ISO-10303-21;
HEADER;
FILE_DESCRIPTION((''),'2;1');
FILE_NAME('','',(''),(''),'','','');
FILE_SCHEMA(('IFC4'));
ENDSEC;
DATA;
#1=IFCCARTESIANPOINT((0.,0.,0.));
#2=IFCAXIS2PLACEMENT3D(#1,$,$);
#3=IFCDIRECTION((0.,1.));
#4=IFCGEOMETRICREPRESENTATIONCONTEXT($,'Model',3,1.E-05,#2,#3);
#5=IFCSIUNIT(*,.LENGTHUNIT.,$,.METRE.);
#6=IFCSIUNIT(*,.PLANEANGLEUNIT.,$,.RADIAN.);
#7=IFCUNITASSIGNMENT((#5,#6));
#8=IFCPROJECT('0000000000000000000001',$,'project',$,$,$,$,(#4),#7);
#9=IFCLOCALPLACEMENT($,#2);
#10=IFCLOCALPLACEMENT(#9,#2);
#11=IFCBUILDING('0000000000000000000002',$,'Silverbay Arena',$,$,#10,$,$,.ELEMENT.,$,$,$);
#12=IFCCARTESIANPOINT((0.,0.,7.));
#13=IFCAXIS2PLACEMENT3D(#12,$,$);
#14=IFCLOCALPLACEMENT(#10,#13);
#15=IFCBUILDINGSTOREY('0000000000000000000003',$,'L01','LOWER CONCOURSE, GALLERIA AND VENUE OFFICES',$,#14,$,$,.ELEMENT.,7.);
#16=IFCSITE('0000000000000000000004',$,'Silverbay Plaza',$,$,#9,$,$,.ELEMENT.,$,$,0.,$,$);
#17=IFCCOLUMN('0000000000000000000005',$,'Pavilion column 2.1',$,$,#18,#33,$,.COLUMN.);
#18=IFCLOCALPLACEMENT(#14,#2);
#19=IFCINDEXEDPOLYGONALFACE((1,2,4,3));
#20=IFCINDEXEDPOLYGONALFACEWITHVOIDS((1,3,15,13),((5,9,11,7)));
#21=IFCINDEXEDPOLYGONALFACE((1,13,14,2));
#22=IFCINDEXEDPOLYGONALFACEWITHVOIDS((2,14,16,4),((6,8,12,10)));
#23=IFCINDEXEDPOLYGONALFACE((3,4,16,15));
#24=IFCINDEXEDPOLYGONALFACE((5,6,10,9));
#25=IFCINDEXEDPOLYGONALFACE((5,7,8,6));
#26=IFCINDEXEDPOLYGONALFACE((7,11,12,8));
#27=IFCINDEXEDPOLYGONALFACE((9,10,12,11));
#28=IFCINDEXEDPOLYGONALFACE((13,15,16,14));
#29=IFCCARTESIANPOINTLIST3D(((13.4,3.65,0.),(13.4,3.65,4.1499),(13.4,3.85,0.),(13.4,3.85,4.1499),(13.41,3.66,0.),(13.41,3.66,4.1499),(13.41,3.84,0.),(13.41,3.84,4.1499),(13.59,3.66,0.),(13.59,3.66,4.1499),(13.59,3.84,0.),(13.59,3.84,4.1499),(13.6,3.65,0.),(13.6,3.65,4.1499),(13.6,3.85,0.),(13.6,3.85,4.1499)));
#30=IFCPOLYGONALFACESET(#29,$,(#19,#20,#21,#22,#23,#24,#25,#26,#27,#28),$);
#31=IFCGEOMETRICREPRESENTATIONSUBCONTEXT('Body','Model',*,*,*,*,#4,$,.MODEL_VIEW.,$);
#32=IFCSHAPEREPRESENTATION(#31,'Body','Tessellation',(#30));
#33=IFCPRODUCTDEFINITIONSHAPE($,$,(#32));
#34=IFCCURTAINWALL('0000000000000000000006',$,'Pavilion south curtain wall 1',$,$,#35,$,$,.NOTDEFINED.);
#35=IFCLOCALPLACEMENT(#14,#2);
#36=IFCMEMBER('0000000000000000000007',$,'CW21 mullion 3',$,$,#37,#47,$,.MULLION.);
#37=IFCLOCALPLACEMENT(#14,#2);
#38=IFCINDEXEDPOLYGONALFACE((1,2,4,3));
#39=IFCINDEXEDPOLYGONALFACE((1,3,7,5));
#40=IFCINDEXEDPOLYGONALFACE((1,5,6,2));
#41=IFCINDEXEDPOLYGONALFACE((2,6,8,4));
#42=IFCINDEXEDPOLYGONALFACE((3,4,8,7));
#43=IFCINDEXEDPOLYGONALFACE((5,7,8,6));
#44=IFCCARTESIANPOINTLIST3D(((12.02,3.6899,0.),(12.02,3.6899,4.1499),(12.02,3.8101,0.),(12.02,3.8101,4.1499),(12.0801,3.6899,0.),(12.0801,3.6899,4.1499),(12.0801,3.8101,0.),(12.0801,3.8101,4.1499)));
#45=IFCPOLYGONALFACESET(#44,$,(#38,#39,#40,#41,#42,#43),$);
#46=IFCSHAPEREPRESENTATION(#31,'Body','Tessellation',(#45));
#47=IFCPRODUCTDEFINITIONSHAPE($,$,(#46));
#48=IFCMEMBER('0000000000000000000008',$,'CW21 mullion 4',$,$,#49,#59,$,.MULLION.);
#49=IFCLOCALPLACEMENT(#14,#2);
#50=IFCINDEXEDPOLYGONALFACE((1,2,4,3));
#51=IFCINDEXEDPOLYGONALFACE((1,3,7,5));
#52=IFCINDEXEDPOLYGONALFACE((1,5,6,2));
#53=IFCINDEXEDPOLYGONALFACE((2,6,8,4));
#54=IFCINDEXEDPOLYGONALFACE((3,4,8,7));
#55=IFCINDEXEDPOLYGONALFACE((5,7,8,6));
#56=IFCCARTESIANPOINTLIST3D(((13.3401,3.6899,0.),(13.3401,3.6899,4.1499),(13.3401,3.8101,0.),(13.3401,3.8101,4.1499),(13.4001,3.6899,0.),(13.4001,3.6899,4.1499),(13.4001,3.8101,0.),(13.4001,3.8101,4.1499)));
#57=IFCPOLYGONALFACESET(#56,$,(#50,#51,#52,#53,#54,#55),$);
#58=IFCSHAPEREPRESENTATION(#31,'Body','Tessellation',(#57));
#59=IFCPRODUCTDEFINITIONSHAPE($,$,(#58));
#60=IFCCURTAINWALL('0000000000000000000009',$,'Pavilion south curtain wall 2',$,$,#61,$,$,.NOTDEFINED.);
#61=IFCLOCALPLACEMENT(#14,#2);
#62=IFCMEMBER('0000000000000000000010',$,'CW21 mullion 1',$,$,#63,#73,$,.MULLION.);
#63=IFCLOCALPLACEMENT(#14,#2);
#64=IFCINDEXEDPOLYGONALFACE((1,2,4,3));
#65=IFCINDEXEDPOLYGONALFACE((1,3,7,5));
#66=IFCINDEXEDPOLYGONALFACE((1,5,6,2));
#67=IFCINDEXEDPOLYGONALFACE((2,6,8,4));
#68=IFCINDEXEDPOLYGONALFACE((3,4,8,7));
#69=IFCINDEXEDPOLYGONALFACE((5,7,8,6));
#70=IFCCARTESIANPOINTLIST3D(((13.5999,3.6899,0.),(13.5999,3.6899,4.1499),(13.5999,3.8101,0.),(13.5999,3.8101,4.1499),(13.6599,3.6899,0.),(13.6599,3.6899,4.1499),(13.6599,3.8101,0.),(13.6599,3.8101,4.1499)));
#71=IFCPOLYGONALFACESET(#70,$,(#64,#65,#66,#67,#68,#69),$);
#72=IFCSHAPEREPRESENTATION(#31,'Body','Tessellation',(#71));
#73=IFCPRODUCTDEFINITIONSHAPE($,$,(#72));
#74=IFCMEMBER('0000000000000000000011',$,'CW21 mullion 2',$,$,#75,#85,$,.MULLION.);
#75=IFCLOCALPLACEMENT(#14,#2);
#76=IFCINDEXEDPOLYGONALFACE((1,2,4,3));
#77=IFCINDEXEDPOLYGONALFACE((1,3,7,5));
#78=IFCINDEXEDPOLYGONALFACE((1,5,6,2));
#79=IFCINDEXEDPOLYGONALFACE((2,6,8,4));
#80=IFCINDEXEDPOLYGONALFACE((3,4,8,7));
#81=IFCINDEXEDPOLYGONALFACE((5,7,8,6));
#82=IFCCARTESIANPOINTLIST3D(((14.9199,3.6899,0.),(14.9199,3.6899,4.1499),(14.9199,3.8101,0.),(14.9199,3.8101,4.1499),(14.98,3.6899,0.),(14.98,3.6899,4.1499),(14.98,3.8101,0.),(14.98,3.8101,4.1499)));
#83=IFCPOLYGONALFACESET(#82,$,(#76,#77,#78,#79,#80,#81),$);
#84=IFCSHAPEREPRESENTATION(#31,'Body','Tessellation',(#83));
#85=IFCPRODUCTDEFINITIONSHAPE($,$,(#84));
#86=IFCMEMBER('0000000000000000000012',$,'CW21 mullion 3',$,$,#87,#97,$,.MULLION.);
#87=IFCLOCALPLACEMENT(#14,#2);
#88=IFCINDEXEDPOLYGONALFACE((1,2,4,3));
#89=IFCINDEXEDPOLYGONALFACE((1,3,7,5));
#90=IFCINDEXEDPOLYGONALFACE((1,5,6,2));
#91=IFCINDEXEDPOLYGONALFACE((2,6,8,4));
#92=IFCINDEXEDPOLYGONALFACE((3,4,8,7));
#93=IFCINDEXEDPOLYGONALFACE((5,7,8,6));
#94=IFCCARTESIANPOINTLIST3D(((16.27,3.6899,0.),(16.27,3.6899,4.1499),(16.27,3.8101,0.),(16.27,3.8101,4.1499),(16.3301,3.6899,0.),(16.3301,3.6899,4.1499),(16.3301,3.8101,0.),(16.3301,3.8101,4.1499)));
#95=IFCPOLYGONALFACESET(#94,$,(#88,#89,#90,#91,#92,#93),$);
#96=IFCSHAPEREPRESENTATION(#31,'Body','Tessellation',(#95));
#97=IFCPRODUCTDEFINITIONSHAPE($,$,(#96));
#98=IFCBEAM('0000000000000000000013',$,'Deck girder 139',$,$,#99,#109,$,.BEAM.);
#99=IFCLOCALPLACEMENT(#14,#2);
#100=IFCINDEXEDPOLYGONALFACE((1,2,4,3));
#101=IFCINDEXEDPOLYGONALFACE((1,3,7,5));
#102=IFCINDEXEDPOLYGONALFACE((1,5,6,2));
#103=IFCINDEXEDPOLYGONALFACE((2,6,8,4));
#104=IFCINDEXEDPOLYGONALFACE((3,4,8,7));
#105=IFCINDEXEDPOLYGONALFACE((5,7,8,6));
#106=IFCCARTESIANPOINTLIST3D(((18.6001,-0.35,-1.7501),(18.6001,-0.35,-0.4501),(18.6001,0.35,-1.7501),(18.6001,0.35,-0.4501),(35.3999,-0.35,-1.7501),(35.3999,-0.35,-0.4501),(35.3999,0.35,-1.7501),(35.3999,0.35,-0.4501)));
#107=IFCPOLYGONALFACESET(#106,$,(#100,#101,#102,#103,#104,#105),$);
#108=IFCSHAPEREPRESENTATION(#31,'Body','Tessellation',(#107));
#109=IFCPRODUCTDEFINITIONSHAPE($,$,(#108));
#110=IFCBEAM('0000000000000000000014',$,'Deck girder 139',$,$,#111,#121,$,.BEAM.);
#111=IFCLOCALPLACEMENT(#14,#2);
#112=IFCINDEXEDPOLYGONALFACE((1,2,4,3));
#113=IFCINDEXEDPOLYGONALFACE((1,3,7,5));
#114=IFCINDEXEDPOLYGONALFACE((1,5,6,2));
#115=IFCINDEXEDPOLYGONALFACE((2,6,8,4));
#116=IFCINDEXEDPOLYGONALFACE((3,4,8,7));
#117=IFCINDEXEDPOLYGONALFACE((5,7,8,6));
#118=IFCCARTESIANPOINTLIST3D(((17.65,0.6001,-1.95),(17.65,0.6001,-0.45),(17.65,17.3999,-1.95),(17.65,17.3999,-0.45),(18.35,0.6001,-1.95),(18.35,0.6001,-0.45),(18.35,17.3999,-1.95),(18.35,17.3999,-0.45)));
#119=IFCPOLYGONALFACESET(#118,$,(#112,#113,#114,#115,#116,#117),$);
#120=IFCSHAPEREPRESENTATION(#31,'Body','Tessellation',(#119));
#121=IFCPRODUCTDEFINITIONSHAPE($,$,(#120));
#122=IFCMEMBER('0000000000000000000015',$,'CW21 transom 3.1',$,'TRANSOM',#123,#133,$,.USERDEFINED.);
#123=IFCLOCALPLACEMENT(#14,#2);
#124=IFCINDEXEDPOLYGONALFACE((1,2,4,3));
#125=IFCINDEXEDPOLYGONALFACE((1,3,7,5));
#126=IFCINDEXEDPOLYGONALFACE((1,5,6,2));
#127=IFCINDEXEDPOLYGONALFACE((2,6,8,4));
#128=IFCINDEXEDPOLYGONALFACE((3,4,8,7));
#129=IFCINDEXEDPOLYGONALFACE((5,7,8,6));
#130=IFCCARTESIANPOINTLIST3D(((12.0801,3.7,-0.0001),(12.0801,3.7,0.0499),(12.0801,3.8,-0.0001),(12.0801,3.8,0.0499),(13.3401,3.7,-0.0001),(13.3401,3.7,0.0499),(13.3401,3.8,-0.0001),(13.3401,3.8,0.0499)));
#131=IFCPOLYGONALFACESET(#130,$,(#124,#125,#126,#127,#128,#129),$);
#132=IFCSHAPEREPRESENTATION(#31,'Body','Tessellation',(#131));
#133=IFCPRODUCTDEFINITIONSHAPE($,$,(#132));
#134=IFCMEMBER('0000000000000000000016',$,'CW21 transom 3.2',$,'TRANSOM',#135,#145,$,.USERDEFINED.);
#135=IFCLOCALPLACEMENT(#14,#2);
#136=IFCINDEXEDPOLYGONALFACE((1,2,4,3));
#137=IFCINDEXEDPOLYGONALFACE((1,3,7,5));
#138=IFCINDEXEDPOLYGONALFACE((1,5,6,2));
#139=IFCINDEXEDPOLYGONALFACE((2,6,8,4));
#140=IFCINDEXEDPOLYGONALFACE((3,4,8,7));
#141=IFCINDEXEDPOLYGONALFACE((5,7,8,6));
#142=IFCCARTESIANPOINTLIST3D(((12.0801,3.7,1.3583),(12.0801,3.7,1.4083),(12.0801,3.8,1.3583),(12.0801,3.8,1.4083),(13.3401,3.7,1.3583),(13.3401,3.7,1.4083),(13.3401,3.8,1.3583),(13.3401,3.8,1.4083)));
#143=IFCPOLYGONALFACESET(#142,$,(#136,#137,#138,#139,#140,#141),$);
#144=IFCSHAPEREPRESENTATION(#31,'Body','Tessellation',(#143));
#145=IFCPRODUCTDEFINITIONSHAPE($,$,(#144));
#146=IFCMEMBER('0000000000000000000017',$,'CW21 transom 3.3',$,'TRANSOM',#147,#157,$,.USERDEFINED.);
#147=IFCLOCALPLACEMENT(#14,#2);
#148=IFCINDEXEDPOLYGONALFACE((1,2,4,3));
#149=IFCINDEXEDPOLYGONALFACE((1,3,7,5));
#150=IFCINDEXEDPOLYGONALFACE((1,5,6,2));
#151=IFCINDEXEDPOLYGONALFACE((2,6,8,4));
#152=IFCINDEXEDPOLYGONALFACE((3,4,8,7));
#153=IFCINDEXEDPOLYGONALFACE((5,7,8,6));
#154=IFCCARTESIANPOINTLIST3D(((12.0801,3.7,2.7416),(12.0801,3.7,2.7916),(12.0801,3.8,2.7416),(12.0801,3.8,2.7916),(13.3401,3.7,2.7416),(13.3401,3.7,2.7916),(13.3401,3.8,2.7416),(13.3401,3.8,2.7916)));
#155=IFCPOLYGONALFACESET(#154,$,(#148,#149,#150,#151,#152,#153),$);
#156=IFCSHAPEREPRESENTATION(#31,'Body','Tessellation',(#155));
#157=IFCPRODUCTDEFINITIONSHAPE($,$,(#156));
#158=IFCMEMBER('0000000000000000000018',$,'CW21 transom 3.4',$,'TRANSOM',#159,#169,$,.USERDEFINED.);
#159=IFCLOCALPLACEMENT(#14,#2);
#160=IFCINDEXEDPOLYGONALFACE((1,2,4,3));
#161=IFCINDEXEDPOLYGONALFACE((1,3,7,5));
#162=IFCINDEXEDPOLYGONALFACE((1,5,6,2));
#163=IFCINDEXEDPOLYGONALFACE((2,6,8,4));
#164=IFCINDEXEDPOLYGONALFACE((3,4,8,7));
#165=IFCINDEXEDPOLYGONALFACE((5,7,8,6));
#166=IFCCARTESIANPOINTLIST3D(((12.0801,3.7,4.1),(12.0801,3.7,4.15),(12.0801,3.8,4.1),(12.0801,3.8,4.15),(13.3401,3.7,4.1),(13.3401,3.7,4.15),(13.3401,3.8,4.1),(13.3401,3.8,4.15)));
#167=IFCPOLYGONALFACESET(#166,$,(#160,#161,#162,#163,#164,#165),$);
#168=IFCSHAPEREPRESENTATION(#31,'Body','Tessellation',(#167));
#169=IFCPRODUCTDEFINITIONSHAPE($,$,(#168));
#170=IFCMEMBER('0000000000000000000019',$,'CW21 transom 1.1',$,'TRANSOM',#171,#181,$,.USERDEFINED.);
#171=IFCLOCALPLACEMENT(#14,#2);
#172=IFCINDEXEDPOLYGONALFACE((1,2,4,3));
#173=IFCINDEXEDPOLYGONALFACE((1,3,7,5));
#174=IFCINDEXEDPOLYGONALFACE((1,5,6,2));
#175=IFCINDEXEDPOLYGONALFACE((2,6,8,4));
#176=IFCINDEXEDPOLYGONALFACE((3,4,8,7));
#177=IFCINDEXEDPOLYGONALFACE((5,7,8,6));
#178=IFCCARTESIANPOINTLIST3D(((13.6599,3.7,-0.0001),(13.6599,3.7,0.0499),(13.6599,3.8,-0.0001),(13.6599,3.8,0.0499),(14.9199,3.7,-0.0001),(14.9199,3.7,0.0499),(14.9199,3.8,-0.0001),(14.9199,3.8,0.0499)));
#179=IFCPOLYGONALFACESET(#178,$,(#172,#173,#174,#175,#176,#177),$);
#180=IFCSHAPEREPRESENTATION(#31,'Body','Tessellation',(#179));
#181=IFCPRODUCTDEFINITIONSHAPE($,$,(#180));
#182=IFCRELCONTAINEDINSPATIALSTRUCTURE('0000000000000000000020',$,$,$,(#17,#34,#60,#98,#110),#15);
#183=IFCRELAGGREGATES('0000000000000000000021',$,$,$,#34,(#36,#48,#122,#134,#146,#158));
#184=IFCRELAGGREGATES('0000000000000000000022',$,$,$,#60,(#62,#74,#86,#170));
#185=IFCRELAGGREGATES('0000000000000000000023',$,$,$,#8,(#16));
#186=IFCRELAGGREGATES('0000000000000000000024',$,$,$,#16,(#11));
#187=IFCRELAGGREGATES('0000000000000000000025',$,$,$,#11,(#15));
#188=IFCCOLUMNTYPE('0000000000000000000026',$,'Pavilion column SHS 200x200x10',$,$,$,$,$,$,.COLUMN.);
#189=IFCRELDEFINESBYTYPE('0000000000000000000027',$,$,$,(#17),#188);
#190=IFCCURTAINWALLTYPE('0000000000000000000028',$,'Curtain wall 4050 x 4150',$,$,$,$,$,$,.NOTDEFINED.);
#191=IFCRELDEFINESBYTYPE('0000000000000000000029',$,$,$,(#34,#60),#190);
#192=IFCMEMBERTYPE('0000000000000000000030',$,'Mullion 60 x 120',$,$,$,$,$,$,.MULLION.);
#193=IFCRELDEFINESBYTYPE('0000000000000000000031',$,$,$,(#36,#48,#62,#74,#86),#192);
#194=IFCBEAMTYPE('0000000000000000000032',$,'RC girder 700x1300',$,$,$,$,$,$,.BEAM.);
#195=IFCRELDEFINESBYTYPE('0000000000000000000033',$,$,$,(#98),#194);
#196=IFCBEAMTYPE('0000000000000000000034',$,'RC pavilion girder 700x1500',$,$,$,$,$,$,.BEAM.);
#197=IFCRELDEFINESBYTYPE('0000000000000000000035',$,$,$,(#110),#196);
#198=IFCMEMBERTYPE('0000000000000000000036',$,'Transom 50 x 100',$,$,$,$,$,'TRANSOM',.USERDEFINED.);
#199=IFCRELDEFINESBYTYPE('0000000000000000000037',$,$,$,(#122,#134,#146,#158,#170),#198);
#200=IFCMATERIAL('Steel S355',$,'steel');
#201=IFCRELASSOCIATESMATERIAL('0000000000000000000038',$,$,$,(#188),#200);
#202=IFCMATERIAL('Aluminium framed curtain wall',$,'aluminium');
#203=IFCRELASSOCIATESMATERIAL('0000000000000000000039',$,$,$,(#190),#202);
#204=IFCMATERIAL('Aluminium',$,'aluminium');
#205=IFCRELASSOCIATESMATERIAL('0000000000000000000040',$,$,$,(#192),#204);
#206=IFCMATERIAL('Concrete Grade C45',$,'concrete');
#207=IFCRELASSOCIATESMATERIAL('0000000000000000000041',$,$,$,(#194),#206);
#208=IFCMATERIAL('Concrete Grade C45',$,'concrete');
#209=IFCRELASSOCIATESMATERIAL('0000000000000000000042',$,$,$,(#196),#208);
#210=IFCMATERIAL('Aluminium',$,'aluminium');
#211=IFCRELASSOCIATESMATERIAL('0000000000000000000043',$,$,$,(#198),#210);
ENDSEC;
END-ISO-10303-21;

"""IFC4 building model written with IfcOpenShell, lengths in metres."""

from ifc_helpers import new_model, si_unit, direction, frame, origin, origin_2d, place, context, subcontext, project, spatial, rectangle, hollow_rectangle, extrude, material, material_profile, profile_set, type_object, element, aggregate, save


model = new_model("IFC4")

# Units and contexts
model_context = context("Model", 3, precision=1e-05, world=origin(), true_north=direction((0.0, 1.0)))
body_context = subcontext(model_context, "Body", "Model", "MODEL_VIEW")
ifc_project = project(units=[si_unit("LENGTHUNIT", "METRE"), si_unit("PLANEANGLEUNIT", "RADIAN")], contexts=[model_context])

# Site, building, storey
site_placement = place(None, origin())
site = spatial("IfcSite", under=ifc_project, at=site_placement, Name="Silverbay Plaza", CompositionType="ELEMENT", RefElevation=0.0)
building_placement = place(site_placement, origin())
building = spatial("IfcBuilding", under=site, at=building_placement, Name="Silverbay Arena", CompositionType="ELEMENT")
storey_placement = place(building_placement, frame((0.0, 0.0, 7.0)))
storey = spatial("IfcBuildingStorey", under=building, at=storey_placement, Name="L01", Description="LOWER CONCOURSE, GALLERIA AND VENUE OFFICES", CompositionType="ELEMENT", Elevation=7.0)

# Column
ifc_material_1 = material(Name="Steel S355", Category="steel")
ifc_material_profile_1 = material_profile(ifc_material_1, hollow_rectangle(XDim=0.2, YDim=0.2, WallThickness=0.01, at=origin_2d()), Name="SHS 200x200x10")
ifc_profile_set_1 = profile_set([ifc_material_profile_1], Name="Steel S355")
column_type = type_object("IfcColumnType", Name="Pavilion column SHS 200x200x10", PredefinedType="COLUMN", material=ifc_profile_set_1)
column_placement = place(storey_placement, frame((13.5, 3.75, 0.0), z_axis=(0.0, 0.0, 1.0), x_axis=(1.0, 0.0, 0.0)))
element("IfcColumn", 1, at=column_placement, inside=storey, type_object=column_type, Name="Pavilion column 2.1", PredefinedType="COLUMN", context=body_context, shape_type="SweptSolid", body=[
    extrude(hollow_rectangle(XDim=0.2, YDim=0.2, WallThickness=0.01, at=origin_2d()), origin(), (0.0, 0.0, 1.0), 4.1499),
])

# Curtain walls, members
ifc_material_2 = material(Name="Aluminium framed curtain wall", Category="aluminium")
curtain_wall_type = type_object("IfcCurtainWallType", Name="Curtain wall 4050 x 4150", PredefinedType="NOTDEFINED", material=ifc_material_2)
curtain_wall_1_placement = place(storey_placement, origin())
curtain_wall_1 = element("IfcCurtainWall", 2, at=curtain_wall_1_placement, inside=storey, type_object=curtain_wall_type, Name="Pavilion south curtain wall 1", PredefinedType="NOTDEFINED")
ifc_material_3 = material(Name="Aluminium", Category="aluminium")
ifc_material_profile_2 = material_profile(ifc_material_3, rectangle(XDim=0.1201, YDim=0.0601, at=origin_2d()), Name="Mullion 60 x 120")
ifc_profile_set_2 = profile_set([ifc_material_profile_2], Name="Aluminium")
member_type_1 = type_object("IfcMemberType", Name="Mullion 60 x 120", PredefinedType="MULLION", material=ifc_profile_set_2)
member_1_placement = place(storey_placement, frame((12.05, 3.75, 0.0), z_axis=(0.0, 0.0, 1.0), x_axis=(0.0, 1.0, 0.0)))
member_1 = element("IfcMember", 3, at=member_1_placement, type_object=member_type_1, Name="CW21 mullion 3", PredefinedType="MULLION", context=body_context, shape_type="SweptSolid", body=[
    extrude(rectangle(XDim=0.1201, YDim=0.0601, at=origin_2d()), origin(), (0.0, 0.0, 1.0), 4.1499),
])
member_2_placement = place(storey_placement, frame((13.3701, 3.75, 0.0), z_axis=(0.0, 0.0, 1.0), x_axis=(0.0, 1.0, 0.0)))
member_2 = element("IfcMember", 4, at=member_2_placement, type_object=member_type_1, Name="CW21 mullion 4", PredefinedType="MULLION", context=body_context, shape_type="SweptSolid", body=[
    extrude(rectangle(XDim=0.1201, YDim=0.0601, at=origin_2d()), origin(), (0.0, 0.0, 1.0), 4.1499),
])
curtain_wall_2_placement = place(storey_placement, origin())
curtain_wall_2 = element("IfcCurtainWall", 5, at=curtain_wall_2_placement, inside=storey, type_object=curtain_wall_type, Name="Pavilion south curtain wall 2", PredefinedType="NOTDEFINED")
member_3_placement = place(storey_placement, frame((13.6299, 3.75, 0.0), z_axis=(0.0, 0.0, 1.0), x_axis=(0.0, 1.0, 0.0)))
member_3 = element("IfcMember", 6, at=member_3_placement, type_object=member_type_1, Name="CW21 mullion 1", PredefinedType="MULLION", context=body_context, shape_type="SweptSolid", body=[
    extrude(rectangle(XDim=0.1201, YDim=0.0601, at=origin_2d()), origin(), (0.0, 0.0, 1.0), 4.1499),
])
member_4_placement = place(storey_placement, frame((14.95, 3.75, 0.0), z_axis=(0.0, 0.0, 1.0), x_axis=(0.0, 1.0, 0.0)))
member_4 = element("IfcMember", 7, at=member_4_placement, type_object=member_type_1, Name="CW21 mullion 2", PredefinedType="MULLION", context=body_context, shape_type="SweptSolid", body=[
    extrude(rectangle(XDim=0.1201, YDim=0.0601, at=origin_2d()), origin(), (0.0, 0.0, 1.0), 4.1499),
])
member_5_placement = place(storey_placement, frame((16.3, 3.75, 0.0), z_axis=(0.0, 0.0, 1.0), x_axis=(0.0, 1.0, 0.0)))
member_5 = element("IfcMember", 8, at=member_5_placement, type_object=member_type_1, Name="CW21 mullion 3", PredefinedType="MULLION", context=body_context, shape_type="SweptSolid", body=[
    extrude(rectangle(XDim=0.1201, YDim=0.0601, at=origin_2d()), origin(), (0.0, 0.0, 1.0), 4.1499),
])

# Beams
ifc_material_4 = material(Name="Concrete Grade C45", Category="concrete")
ifc_material_profile_3 = material_profile(ifc_material_4, rectangle(XDim=0.7, YDim=1.3, at=origin_2d()), Name="RC 700x1300")
ifc_profile_set_3 = profile_set([ifc_material_profile_3], Name="Concrete Grade C45")
beam_type_1 = type_object("IfcBeamType", Name="RC girder 700x1300", PredefinedType="BEAM", material=ifc_profile_set_3)
beam_1_placement = place(storey_placement, frame((18.6001, 0.0, -1.1001), z_axis=(1.0, 0.0, 0.0), x_axis=(0.0, 1.0, 0.0)))
element("IfcBeam", 9, at=beam_1_placement, inside=storey, type_object=beam_type_1, Name="Deck girder 139", PredefinedType="BEAM", context=body_context, shape_type="SweptSolid", body=[
    extrude(rectangle(XDim=0.7, YDim=1.3, at=origin_2d()), origin(), (0.0, 0.0, 1.0), 16.7998),
])
ifc_material_5 = material(Name="Concrete Grade C45", Category="concrete")
ifc_material_profile_4 = material_profile(ifc_material_5, rectangle(XDim=0.7, YDim=1.5, at=origin_2d()), Name="RC 700x1500")
ifc_profile_set_4 = profile_set([ifc_material_profile_4], Name="Concrete Grade C45")
beam_type_2 = type_object("IfcBeamType", Name="RC pavilion girder 700x1500", PredefinedType="BEAM", material=ifc_profile_set_4)
beam_2_placement = place(storey_placement, frame((18.0, 0.6001, -1.2), z_axis=(0.0, 1.0, 0.0), x_axis=(-1.0, 0.0, 0.0)))
element("IfcBeam", 10, at=beam_2_placement, inside=storey, type_object=beam_type_2, Name="Deck girder 139", PredefinedType="BEAM", context=body_context, shape_type="SweptSolid", body=[
    extrude(rectangle(XDim=0.7, YDim=1.5, at=origin_2d()), origin(), (0.0, 0.0, 1.0), 16.7998),
])

# Members
ifc_material_6 = material(Name="Aluminium", Category="aluminium")
ifc_material_profile_5 = material_profile(ifc_material_6, rectangle(XDim=0.1001, YDim=0.05, at=origin_2d()), Name="Transom 50 x 100")
ifc_profile_set_5 = profile_set([ifc_material_profile_5], Name="Aluminium")
member_type_2 = type_object("IfcMemberType", Name="Transom 50 x 100", ElementType="TRANSOM", PredefinedType="USERDEFINED", material=ifc_profile_set_5)
member_6_placement = place(storey_placement, frame((12.0801, 3.75, 0.0249), z_axis=(1.0, 0.0, 0.0), x_axis=(0.0, 1.0, 0.0)))
member_6 = element("IfcMember", 11, at=member_6_placement, type_object=member_type_2, Name="CW21 transom 3.1", ObjectType="TRANSOM", PredefinedType="USERDEFINED", context=body_context, shape_type="SweptSolid", body=[
    extrude(rectangle(XDim=0.1001, YDim=0.05, at=origin_2d()), origin(), (0.0, 0.0, 1.0), 1.26),
])
member_7_placement = place(storey_placement, frame((12.0801, 3.75, 1.3833), z_axis=(1.0, 0.0, 0.0), x_axis=(0.0, 1.0, 0.0)))
member_7 = element("IfcMember", 12, at=member_7_placement, type_object=member_type_2, Name="CW21 transom 3.2", ObjectType="TRANSOM", PredefinedType="USERDEFINED", context=body_context, shape_type="SweptSolid", body=[
    extrude(rectangle(XDim=0.1001, YDim=0.05, at=origin_2d()), origin(), (0.0, 0.0, 1.0), 1.26),
])
member_8_placement = place(storey_placement, frame((12.0801, 3.75, 2.7666), z_axis=(1.0, 0.0, 0.0), x_axis=(0.0, 1.0, 0.0)))
member_8 = element("IfcMember", 13, at=member_8_placement, type_object=member_type_2, Name="CW21 transom 3.3", ObjectType="TRANSOM", PredefinedType="USERDEFINED", context=body_context, shape_type="SweptSolid", body=[
    extrude(rectangle(XDim=0.1001, YDim=0.05, at=origin_2d()), origin(), (0.0, 0.0, 1.0), 1.26),
])
member_9_placement = place(storey_placement, frame((12.0801, 3.75, 4.125), z_axis=(1.0, 0.0, 0.0), x_axis=(0.0, 1.0, 0.0)))
member_9 = element("IfcMember", 14, at=member_9_placement, type_object=member_type_2, Name="CW21 transom 3.4", ObjectType="TRANSOM", PredefinedType="USERDEFINED", context=body_context, shape_type="SweptSolid", body=[
    extrude(rectangle(XDim=0.1001, YDim=0.05, at=origin_2d()), origin(), (0.0, 0.0, 1.0), 1.26),
])
member_10_placement = place(storey_placement, frame((13.6599, 3.75, 0.0249), z_axis=(1.0, 0.0, 0.0), x_axis=(0.0, 1.0, 0.0)))
member_10 = element("IfcMember", 15, at=member_10_placement, type_object=member_type_2, Name="CW21 transom 1.1", ObjectType="TRANSOM", PredefinedType="USERDEFINED", context=body_context, shape_type="SweptSolid", body=[
    extrude(rectangle(XDim=0.1001, YDim=0.05, at=origin_2d()), origin(), (0.0, 0.0, 1.0), 1.26),
])

aggregate(curtain_wall_1, [member_1, member_2, member_6, member_7, member_8, member_9])
aggregate(curtain_wall_2, [member_3, member_4, member_5, member_10])

save(model, "model.ifc")
